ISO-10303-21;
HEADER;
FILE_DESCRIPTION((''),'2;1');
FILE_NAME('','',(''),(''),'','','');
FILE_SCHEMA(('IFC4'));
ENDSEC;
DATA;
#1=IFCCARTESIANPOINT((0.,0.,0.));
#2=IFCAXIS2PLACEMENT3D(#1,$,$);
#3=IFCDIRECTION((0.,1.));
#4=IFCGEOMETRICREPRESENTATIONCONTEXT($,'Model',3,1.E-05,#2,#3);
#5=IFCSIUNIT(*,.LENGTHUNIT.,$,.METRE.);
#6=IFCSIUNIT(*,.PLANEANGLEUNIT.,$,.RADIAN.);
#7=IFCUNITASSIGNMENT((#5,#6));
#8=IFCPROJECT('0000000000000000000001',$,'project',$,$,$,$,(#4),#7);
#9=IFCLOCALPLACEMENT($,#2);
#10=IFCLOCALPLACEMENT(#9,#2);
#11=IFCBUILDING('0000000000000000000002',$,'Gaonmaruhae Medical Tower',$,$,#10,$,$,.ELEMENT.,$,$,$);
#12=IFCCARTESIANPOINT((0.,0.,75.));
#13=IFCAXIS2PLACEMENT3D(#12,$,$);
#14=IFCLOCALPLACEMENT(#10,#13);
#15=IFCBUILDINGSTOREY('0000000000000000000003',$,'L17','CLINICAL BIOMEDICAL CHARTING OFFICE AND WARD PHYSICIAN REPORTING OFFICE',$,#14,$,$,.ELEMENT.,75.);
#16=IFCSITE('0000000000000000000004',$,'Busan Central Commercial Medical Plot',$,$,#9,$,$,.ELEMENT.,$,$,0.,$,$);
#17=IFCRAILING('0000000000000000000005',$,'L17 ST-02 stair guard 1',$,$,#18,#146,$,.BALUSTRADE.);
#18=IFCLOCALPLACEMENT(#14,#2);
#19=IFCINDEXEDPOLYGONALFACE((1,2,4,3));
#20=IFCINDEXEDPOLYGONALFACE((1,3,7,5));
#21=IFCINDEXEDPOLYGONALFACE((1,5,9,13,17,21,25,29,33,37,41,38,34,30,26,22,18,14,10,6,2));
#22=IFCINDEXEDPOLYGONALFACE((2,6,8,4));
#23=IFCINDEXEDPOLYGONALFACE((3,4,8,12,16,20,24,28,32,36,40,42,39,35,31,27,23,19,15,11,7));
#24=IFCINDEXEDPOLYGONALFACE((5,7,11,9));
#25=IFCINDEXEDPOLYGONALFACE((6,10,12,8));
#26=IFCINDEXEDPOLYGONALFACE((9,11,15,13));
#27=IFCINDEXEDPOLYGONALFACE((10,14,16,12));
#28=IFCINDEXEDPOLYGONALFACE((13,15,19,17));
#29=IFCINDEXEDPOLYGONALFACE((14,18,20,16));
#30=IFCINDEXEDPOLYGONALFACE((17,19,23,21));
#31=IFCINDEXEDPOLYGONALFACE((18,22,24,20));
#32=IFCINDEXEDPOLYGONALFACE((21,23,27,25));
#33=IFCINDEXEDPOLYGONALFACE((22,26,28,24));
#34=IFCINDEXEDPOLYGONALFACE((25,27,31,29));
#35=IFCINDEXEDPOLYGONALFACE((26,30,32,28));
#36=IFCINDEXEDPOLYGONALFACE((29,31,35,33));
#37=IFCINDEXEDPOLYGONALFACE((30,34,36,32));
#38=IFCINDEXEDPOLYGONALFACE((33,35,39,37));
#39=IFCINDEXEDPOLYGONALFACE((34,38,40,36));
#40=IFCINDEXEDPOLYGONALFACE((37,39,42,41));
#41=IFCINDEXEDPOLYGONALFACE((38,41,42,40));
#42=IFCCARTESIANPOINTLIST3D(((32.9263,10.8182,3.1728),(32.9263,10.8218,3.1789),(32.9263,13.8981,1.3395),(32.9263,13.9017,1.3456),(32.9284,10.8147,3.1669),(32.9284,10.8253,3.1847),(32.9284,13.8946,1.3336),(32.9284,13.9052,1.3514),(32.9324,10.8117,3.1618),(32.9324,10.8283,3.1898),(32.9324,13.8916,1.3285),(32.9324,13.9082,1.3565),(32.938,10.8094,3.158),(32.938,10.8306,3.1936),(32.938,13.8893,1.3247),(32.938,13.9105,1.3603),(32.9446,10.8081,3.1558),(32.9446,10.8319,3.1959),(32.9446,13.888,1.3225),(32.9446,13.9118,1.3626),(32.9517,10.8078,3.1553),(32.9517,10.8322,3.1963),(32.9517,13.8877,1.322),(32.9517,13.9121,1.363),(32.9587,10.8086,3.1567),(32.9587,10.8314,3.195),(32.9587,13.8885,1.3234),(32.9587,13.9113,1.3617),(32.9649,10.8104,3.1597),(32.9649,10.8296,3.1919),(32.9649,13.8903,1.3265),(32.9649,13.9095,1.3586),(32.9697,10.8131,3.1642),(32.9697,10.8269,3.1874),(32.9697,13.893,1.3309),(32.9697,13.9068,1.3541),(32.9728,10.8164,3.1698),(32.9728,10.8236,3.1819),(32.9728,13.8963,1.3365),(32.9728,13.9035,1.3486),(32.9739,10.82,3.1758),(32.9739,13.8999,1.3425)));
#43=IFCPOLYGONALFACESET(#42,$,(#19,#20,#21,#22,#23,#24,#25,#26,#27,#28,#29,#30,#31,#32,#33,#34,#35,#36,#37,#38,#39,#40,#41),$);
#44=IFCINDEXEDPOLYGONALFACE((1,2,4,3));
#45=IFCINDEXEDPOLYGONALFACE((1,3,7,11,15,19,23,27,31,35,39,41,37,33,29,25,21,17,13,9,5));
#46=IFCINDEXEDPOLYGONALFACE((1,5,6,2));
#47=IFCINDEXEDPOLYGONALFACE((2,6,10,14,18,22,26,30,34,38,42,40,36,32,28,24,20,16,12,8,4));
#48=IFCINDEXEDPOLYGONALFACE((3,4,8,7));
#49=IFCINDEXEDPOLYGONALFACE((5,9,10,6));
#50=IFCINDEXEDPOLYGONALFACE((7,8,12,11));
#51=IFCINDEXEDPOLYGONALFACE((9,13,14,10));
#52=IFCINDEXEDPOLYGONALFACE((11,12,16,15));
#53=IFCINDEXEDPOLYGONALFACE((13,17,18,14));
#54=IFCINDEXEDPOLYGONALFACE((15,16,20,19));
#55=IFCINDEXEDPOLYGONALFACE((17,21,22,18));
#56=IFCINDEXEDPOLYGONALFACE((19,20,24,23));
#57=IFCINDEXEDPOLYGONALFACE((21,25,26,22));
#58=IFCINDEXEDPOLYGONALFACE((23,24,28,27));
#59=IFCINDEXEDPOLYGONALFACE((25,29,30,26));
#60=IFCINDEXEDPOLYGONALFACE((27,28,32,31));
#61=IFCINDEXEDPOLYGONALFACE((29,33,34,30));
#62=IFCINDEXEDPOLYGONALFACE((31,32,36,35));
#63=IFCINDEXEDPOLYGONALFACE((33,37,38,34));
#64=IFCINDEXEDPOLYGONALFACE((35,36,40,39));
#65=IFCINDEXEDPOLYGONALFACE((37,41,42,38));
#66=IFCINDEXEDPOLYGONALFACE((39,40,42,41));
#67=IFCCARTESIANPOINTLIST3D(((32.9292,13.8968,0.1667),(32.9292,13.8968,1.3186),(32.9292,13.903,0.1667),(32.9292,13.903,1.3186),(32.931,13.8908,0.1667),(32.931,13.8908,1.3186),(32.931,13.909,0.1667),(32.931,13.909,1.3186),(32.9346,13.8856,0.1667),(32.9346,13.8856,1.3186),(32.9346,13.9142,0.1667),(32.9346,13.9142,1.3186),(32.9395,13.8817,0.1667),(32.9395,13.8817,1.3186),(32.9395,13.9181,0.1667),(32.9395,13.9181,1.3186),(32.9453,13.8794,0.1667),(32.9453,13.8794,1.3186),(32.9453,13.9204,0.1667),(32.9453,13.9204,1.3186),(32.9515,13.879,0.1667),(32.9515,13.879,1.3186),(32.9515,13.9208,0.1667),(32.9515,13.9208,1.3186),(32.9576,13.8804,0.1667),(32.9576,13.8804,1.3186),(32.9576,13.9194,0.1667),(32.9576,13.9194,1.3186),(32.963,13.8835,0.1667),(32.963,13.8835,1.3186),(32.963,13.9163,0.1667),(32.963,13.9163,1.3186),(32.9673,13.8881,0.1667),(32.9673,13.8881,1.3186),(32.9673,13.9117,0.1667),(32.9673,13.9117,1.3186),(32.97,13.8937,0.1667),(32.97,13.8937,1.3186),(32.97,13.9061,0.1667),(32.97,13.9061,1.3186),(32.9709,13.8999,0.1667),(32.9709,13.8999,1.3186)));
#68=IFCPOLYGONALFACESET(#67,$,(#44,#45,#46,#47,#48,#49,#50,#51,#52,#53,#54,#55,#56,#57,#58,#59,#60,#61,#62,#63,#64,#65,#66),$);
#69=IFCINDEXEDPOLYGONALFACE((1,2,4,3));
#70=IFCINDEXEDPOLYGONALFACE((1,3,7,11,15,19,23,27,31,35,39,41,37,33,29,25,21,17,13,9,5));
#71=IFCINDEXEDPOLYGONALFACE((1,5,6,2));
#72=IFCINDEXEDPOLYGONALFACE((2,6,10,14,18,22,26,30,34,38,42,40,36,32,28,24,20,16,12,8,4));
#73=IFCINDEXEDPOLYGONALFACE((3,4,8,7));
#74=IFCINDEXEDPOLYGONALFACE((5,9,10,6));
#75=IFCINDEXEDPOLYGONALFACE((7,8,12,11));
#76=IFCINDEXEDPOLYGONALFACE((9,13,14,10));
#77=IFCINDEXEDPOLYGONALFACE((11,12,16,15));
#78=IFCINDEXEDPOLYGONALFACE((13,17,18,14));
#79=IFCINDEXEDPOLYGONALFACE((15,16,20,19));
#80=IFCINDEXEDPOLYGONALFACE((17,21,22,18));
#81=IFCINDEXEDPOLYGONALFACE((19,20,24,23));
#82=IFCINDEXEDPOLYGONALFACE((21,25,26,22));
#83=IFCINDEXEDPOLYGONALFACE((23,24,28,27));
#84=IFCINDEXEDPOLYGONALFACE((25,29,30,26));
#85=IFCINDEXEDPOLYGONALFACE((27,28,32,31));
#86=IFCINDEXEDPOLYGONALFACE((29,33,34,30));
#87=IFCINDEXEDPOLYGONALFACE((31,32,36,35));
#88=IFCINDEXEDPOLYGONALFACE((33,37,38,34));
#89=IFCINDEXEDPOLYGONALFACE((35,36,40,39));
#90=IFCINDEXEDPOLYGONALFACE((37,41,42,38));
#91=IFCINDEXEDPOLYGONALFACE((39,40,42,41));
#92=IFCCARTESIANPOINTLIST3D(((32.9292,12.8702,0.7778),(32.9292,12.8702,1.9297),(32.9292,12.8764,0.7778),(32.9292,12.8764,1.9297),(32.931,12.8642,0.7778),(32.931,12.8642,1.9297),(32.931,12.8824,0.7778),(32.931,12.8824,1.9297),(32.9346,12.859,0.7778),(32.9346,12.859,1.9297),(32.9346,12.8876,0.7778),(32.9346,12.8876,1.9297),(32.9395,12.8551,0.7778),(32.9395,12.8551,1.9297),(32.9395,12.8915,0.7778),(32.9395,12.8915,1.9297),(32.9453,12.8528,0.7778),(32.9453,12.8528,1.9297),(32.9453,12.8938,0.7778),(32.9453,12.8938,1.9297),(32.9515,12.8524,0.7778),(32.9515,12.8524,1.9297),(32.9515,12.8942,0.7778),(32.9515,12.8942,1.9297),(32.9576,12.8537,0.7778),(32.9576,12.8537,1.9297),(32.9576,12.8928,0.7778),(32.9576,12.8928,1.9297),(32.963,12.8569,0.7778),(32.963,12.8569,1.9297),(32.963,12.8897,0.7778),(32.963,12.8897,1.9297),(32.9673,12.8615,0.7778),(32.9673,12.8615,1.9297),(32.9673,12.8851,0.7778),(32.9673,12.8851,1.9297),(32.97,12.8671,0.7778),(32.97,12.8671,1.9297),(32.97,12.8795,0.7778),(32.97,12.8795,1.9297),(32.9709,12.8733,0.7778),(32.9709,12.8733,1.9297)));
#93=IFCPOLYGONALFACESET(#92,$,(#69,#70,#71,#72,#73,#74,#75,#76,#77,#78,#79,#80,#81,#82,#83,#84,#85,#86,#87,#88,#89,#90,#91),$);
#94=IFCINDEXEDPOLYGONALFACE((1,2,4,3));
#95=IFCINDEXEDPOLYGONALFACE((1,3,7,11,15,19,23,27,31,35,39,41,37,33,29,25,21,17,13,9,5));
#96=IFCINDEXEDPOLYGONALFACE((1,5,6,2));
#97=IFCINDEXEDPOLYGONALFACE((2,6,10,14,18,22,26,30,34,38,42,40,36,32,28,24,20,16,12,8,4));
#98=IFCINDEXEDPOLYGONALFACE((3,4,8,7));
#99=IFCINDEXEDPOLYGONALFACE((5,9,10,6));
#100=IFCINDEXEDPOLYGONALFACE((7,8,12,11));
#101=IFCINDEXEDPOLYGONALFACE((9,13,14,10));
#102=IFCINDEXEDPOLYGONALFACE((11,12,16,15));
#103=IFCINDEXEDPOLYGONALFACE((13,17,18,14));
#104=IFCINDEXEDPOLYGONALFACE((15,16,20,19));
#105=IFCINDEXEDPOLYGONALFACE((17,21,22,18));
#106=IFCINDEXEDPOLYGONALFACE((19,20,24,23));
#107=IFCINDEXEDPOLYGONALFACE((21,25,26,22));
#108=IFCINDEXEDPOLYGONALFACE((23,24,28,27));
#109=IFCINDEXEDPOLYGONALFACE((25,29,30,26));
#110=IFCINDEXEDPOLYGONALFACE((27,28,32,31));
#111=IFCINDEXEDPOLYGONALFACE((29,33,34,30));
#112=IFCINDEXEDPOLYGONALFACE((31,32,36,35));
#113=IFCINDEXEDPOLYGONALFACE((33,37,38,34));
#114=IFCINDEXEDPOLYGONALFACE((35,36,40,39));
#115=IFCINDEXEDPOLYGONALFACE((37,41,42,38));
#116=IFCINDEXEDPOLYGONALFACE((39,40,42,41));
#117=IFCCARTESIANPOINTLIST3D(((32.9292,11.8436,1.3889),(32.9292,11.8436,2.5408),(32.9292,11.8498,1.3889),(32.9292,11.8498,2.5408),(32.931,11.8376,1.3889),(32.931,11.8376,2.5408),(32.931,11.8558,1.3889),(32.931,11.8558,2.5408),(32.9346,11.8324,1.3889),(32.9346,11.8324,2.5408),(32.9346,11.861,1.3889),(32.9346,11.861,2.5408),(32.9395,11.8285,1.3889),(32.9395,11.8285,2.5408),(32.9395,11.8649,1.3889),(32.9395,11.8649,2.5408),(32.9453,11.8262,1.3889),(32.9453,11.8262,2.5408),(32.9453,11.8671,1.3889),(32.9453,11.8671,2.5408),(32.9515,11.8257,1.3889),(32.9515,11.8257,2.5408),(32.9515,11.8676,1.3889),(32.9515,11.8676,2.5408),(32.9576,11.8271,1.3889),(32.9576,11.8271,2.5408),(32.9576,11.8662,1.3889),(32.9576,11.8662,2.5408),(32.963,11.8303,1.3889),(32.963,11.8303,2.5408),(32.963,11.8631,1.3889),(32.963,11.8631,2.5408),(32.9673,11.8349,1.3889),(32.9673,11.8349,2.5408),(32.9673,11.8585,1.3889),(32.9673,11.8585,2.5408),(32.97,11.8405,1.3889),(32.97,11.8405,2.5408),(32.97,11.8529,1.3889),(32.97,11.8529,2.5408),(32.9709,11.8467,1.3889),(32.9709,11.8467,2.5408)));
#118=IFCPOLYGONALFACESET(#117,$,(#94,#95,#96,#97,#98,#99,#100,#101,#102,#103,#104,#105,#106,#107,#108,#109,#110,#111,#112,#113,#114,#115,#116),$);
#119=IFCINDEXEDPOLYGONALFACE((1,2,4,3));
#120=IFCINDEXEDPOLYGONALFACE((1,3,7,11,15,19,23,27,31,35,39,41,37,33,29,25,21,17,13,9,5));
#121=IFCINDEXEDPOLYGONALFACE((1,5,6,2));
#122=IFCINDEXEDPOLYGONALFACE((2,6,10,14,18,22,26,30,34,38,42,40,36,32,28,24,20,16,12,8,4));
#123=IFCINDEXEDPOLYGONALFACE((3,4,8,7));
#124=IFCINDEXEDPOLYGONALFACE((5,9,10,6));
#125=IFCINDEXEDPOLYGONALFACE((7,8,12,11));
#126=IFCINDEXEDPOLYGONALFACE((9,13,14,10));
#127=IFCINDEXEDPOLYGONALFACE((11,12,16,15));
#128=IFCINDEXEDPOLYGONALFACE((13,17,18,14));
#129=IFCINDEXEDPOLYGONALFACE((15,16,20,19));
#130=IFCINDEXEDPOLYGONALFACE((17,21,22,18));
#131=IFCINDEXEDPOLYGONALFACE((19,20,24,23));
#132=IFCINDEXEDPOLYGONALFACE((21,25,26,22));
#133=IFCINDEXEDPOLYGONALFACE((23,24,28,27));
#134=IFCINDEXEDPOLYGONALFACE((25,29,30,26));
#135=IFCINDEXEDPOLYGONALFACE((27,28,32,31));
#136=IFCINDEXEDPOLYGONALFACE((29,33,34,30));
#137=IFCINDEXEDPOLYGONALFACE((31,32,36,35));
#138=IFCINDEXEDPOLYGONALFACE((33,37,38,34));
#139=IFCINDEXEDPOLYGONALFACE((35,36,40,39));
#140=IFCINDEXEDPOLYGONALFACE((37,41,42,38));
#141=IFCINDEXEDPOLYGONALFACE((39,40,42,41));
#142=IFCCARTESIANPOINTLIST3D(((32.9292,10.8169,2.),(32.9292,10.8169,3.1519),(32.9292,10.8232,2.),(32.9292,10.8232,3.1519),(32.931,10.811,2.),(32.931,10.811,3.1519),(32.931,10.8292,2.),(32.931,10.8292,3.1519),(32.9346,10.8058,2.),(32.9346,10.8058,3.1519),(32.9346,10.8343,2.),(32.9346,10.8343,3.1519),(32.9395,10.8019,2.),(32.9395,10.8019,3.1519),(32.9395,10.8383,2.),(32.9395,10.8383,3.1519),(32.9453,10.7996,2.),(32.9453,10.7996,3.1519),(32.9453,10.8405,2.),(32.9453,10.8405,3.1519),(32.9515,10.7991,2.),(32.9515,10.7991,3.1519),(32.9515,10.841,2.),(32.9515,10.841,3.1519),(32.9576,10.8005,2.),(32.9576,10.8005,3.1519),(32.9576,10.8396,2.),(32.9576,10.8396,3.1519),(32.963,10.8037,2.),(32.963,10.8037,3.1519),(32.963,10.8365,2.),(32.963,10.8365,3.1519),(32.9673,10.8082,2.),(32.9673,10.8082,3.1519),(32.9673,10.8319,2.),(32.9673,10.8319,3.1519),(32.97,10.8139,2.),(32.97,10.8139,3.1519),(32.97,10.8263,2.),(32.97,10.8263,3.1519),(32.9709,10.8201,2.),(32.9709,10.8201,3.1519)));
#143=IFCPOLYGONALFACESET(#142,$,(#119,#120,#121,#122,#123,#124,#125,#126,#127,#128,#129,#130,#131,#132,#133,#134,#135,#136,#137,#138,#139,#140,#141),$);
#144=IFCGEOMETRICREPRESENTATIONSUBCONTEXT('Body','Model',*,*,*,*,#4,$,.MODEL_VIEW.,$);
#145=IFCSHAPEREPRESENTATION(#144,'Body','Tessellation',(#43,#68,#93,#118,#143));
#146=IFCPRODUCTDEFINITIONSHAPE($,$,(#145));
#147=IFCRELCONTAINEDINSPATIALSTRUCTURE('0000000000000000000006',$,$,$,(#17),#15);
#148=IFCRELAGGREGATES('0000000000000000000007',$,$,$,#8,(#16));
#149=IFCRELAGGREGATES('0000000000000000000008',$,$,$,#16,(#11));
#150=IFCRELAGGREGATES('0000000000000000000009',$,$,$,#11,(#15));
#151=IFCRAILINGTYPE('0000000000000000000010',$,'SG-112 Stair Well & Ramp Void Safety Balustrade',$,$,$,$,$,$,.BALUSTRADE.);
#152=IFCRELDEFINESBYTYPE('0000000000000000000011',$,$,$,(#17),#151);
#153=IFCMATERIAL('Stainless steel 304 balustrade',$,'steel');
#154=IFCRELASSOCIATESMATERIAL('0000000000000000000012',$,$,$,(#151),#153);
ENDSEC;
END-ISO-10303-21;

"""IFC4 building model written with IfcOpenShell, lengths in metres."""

from ifc_helpers import new_model, si_unit, direction, frame, origin, origin_2d, place, context, subcontext, project, spatial, circle, extrude, material, type_object, element, save


model = new_model("IFC4")

# Units and contexts
model_context = context("Model", 3, precision=1e-05, world=origin(), true_north=direction((0.0, 1.0)))
body_context = subcontext(model_context, "Body", "Model", "MODEL_VIEW")
ifc_project = project(units=[si_unit("LENGTHUNIT", "METRE"), si_unit("PLANEANGLEUNIT", "RADIAN")], contexts=[model_context])

# Site, building, storey
site_placement = place(None, origin())
site = spatial("IfcSite", under=ifc_project, at=site_placement, Name="Busan Central Commercial Medical Plot", CompositionType="ELEMENT", RefElevation=0.0)
building_placement = place(site_placement, origin())
building = spatial("IfcBuilding", under=site, at=building_placement, Name="Gaonmaruhae Medical Tower", CompositionType="ELEMENT")
storey_placement = place(building_placement, frame((0.0, 0.0, 75.0)))
storey = spatial("IfcBuildingStorey", under=building, at=storey_placement, Name="L17", Description="CLINICAL BIOMEDICAL CHARTING OFFICE AND WARD PHYSICIAN REPORTING OFFICE", CompositionType="ELEMENT", Elevation=75.0)

# Railing
ifc_material_1 = material(Name="Stainless steel 304 balustrade", Category="steel")
railing_type_1 = type_object("IfcRailingType", Name="SG-112 Stair Well & Ramp Void Safety Balustrade", PredefinedType="BALUSTRADE", material=ifc_material_1)
railing_1_placement = place(storey_placement, frame((32.95, 13.8999, 0.1667)))
element("IfcRailing", 1, at=railing_1_placement, inside=storey, type_object=railing_type_1, Name="L17 ST-02 stair guard 1", PredefinedType="BALUSTRADE", context=body_context, shape_type="SweptSolid", body=[
    extrude(circle(Radius=0.0239, at=origin_2d()), frame((0.0, 0.0, 1.1758), z_axis=(0.0, -0.859291, 0.511487), x_axis=(1.0, 0.0, 0.0)), (0.0, 0.0, 1.0), 3.5842),
    extrude(circle(Radius=0.021, at=origin_2d()), origin(), (0.0, 0.0, 1.0), 1.1519),
    extrude(circle(Radius=0.021, at=origin_2d()), frame((0.0, -1.0266, 0.6111)), (0.0, 0.0, 1.0), 1.1519),
    extrude(circle(Radius=0.021, at=origin_2d()), frame((0.0, -2.0532, 1.2222)), (0.0, 0.0, 1.0), 1.1519),
    extrude(circle(Radius=0.021, at=origin_2d()), frame((0.0, -3.0798, 1.8333)), (0.0, 0.0, 1.0), 1.1519),
])

save(model, "model.ifc")
